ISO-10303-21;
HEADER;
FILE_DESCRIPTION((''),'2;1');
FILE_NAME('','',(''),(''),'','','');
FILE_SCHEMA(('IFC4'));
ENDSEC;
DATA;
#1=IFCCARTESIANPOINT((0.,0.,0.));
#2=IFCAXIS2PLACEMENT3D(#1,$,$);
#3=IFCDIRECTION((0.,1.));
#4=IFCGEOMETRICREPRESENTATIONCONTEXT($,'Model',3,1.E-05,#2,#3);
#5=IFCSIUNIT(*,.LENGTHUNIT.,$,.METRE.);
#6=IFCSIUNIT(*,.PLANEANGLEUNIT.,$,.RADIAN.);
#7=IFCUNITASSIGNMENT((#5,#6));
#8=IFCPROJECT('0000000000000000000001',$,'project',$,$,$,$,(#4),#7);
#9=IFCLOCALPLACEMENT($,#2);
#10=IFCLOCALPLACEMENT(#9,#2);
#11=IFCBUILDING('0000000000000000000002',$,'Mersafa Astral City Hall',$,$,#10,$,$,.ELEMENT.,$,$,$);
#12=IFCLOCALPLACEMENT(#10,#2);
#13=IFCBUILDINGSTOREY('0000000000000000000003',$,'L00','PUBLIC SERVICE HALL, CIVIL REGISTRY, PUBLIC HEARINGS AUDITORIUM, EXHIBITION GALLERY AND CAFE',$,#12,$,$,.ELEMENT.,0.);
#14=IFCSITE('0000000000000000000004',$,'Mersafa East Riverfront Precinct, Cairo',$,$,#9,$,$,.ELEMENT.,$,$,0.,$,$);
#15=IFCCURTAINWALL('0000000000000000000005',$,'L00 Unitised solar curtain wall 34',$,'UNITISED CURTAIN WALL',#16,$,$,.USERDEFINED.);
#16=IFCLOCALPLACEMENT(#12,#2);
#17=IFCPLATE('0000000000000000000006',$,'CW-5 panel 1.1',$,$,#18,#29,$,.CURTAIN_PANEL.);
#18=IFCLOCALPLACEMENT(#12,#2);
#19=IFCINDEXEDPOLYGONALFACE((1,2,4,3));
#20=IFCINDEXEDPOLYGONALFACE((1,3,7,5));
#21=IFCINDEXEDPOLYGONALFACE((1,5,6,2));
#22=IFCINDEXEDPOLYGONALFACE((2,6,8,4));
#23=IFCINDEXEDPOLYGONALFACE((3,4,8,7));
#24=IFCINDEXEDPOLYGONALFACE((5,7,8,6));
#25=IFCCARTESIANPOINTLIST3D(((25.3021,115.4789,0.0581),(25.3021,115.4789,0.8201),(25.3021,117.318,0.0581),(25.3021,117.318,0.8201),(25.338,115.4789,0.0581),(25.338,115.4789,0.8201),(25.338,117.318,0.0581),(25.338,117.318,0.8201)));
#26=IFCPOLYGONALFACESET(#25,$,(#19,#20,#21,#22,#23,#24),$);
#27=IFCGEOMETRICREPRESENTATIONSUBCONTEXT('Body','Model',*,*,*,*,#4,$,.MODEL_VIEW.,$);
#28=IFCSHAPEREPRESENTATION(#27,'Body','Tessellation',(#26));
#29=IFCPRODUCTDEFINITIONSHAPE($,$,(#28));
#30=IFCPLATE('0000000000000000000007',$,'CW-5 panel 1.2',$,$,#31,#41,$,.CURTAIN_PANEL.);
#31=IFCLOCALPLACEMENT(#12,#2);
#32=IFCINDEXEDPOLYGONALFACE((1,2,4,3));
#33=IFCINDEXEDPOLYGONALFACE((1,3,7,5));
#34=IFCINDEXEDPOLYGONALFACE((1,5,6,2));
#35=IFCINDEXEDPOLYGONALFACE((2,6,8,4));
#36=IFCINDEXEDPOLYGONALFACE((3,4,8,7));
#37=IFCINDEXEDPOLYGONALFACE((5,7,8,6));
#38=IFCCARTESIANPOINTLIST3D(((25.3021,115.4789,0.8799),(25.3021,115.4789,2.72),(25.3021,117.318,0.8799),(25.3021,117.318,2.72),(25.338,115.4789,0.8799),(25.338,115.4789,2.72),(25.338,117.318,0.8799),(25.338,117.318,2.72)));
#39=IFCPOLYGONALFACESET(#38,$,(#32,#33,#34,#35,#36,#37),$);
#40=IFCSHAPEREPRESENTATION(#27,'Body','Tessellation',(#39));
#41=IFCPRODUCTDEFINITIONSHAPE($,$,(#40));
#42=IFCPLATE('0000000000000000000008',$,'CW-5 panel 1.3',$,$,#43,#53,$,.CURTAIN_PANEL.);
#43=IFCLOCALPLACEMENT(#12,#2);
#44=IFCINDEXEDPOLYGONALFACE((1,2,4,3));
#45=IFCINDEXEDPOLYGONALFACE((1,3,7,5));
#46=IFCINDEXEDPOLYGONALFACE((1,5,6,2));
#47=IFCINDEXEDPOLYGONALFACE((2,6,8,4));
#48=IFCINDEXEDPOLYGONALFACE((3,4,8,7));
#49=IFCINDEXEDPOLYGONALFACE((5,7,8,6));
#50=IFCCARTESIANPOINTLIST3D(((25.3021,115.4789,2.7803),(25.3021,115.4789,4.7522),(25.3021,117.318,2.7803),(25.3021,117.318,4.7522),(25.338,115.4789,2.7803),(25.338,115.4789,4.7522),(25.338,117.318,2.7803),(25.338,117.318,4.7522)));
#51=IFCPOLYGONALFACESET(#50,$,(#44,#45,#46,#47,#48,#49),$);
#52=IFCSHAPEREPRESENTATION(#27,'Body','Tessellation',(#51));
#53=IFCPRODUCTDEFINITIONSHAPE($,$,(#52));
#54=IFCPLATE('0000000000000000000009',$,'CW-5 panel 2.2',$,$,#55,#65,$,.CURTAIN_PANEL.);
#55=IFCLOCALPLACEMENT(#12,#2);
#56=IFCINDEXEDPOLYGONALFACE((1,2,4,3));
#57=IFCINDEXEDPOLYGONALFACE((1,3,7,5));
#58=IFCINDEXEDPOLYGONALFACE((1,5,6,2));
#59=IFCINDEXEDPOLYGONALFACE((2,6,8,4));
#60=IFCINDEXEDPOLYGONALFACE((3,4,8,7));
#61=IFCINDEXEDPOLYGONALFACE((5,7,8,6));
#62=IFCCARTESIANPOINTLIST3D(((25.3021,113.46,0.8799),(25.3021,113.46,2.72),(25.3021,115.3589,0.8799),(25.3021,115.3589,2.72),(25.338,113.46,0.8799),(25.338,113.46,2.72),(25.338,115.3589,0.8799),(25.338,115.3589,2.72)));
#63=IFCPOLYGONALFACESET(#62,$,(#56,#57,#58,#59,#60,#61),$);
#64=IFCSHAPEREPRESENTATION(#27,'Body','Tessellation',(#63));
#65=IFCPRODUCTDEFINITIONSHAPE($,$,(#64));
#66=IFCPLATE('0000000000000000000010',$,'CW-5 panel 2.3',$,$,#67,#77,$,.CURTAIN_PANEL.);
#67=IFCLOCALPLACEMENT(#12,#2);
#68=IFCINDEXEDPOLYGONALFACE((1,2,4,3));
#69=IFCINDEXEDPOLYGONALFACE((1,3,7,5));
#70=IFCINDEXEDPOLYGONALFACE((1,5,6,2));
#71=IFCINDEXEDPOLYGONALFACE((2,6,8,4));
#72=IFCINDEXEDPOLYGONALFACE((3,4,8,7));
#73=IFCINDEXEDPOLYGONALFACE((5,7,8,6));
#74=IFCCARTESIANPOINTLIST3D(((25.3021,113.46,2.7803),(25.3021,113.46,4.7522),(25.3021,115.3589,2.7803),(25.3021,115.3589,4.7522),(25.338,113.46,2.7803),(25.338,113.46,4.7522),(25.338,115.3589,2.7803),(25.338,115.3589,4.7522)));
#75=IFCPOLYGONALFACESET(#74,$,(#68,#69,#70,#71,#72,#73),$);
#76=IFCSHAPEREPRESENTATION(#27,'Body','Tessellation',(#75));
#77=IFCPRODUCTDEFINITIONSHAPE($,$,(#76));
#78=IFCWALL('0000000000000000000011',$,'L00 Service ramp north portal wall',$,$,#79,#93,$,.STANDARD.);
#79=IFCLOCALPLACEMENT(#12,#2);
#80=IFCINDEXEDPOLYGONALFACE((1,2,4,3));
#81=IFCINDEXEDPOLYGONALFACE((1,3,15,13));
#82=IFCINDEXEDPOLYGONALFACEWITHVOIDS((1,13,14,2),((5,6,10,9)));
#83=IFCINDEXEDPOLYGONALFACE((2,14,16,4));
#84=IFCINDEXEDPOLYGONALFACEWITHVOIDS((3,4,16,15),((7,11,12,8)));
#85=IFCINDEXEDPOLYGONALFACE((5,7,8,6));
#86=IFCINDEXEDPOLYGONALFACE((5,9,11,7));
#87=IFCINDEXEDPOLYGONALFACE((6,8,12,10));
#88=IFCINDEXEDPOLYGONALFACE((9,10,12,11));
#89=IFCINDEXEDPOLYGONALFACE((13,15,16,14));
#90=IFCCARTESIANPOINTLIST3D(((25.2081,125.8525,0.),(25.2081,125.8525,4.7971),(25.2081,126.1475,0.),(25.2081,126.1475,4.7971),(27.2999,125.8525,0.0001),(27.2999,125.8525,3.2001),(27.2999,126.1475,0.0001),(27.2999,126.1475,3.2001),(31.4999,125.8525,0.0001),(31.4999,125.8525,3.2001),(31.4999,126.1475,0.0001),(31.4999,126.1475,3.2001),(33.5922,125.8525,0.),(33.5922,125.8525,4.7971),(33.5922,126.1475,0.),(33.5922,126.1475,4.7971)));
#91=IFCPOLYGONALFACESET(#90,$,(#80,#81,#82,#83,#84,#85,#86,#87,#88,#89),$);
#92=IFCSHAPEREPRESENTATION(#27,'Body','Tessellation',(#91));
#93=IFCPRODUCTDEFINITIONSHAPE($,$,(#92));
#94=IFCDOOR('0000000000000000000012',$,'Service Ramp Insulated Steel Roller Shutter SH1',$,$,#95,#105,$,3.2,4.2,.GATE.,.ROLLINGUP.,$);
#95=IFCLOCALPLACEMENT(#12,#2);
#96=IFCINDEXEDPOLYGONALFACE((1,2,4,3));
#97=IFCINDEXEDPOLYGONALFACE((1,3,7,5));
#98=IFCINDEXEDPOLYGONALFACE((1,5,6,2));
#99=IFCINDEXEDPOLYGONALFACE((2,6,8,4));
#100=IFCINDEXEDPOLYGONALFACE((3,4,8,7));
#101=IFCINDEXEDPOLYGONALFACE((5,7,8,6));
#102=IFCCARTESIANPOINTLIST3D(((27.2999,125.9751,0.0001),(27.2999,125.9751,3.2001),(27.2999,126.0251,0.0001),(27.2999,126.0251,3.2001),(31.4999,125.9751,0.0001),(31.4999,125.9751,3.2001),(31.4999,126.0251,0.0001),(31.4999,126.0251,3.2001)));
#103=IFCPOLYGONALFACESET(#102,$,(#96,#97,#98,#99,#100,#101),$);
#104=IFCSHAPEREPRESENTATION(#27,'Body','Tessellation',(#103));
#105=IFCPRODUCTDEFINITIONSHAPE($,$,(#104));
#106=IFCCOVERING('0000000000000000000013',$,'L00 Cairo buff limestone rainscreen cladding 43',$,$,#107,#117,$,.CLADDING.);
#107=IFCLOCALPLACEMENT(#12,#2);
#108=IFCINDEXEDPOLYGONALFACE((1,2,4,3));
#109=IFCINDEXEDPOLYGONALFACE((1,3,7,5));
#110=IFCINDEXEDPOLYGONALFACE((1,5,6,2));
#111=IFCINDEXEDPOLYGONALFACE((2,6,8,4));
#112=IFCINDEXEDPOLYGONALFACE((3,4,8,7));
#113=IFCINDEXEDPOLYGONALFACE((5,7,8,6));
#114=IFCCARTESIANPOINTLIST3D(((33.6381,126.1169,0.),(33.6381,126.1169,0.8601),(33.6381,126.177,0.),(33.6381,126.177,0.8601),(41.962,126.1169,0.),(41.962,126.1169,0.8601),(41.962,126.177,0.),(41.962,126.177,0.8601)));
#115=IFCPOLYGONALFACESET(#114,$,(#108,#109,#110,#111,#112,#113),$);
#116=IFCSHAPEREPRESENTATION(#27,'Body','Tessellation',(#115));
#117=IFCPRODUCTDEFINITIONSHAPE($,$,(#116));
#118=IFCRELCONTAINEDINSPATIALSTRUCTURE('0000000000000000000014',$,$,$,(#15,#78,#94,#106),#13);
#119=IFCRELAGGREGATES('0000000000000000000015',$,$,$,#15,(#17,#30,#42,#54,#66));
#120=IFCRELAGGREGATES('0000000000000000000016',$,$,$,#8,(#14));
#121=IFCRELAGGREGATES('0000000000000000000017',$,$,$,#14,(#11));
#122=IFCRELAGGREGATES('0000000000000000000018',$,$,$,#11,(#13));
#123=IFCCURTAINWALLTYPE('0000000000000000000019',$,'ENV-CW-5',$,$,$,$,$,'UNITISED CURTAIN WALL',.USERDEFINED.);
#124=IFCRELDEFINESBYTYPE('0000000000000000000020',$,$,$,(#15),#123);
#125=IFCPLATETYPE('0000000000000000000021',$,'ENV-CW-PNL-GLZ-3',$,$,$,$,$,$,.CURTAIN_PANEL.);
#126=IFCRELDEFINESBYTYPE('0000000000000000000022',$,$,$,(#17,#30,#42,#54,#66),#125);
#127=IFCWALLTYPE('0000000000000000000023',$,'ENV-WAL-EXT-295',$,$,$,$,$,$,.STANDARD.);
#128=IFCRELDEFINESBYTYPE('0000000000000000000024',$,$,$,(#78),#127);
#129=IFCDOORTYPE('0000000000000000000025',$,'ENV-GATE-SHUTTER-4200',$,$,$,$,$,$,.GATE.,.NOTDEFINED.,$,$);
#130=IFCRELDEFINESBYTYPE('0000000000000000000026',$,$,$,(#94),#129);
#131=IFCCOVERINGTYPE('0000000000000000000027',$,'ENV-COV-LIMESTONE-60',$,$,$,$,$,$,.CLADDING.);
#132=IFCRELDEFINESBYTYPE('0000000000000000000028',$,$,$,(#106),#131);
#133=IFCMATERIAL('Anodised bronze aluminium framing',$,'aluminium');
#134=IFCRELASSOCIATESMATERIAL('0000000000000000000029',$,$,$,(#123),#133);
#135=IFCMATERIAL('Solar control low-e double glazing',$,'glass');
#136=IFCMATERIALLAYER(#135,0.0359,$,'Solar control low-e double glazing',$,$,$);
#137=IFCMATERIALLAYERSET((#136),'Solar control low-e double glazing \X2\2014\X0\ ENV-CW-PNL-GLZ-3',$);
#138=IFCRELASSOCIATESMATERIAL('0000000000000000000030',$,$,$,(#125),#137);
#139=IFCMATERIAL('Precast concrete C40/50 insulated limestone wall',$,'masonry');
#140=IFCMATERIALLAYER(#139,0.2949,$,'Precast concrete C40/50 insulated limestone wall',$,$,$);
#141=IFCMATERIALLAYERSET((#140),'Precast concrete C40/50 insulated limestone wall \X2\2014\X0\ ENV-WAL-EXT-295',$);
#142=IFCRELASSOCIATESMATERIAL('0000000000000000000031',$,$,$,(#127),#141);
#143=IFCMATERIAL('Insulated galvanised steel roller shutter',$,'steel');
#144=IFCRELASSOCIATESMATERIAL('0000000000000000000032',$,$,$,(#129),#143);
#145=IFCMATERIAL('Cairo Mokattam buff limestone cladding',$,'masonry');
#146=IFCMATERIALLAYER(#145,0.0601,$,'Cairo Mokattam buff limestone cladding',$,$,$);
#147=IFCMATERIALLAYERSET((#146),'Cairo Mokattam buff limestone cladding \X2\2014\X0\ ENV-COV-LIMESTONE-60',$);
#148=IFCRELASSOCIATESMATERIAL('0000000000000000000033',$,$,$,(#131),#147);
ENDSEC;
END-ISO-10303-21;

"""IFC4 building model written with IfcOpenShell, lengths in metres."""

from ifc_helpers import new_model, si_unit, direction, frame, frame_2d, origin, origin_2d, place, context, subcontext, project, spatial, rectangle, extrude, material, layer, layer_set, type_object, element, fill, aggregate, save


model = new_model("IFC4")

# Units and contexts
model_context = context("Model", 3, precision=1e-05, world=origin(), true_north=direction((0.0, 1.0)))
body_context = subcontext(model_context, "Body", "Model", "MODEL_VIEW")
ifc_project = project(units=[si_unit("LENGTHUNIT", "METRE"), si_unit("PLANEANGLEUNIT", "RADIAN")], contexts=[model_context])

# Site, building, storey
site_placement = place(None, origin())
site = spatial("IfcSite", under=ifc_project, at=site_placement, Name="Mersafa East Riverfront Precinct, Cairo", CompositionType="ELEMENT", RefElevation=0.0)
building_placement = place(site_placement, origin())
building = spatial("IfcBuilding", under=site, at=building_placement, Name="Mersafa Astral City Hall", CompositionType="ELEMENT")
storey_placement = place(building_placement, origin())
storey = spatial("IfcBuildingStorey", under=building, at=storey_placement, Name="L00", Description="PUBLIC SERVICE HALL, CIVIL REGISTRY, PUBLIC HEARINGS AUDITORIUM, EXHIBITION GALLERY AND CAFE", CompositionType="ELEMENT", Elevation=0.0)

# Curtain wall
ifc_material_1 = material(Name="Anodised bronze aluminium framing", Category="aluminium")
curtain_wall_type = type_object("IfcCurtainWallType", Name="ENV-CW-5", ElementType="UNITISED CURTAIN WALL", PredefinedType="USERDEFINED", material=ifc_material_1)
curtain_wall_placement = place(storey_placement, origin())
curtain_wall = element("IfcCurtainWall", 1, at=curtain_wall_placement, inside=storey, type_object=curtain_wall_type, Name="L00 Unitised solar curtain wall 34", ObjectType="UNITISED CURTAIN WALL", PredefinedType="USERDEFINED")

# Plates
ifc_material_2 = material(Name="Solar control low-e double glazing", Category="glass")
ifc_layer_1 = layer(ifc_material_2, 0.0359, Name="Solar control low-e double glazing")
ifc_layer_set_1 = layer_set([ifc_layer_1], Name="Solar control low-e double glazing — ENV-CW-PNL-GLZ-3")
plate_type = type_object("IfcPlateType", Name="ENV-CW-PNL-GLZ-3", PredefinedType="CURTAIN_PANEL", material=ifc_layer_set_1)
plate_1_placement = place(storey_placement, frame((25.3201, 116.3984, 0.0581), z_axis=(0.0, 0.0, 1.0), x_axis=(0.0, -1.0, 0.0)))
plate_1 = element("IfcPlate", 2, at=plate_1_placement, type_object=plate_type, Name="CW-5 panel 1.1", PredefinedType="CURTAIN_PANEL", context=body_context, shape_type="SweptSolid", body=[
    extrude(rectangle(XDim=1.8391, YDim=0.0359, at=origin_2d()), origin(), (0.0, 0.0, 1.0), 0.762),
])
plate_2_placement = place(storey_placement, frame((25.3201, 116.3984, 0.8799), z_axis=(0.0, 0.0, 1.0), x_axis=(0.0, -1.0, 0.0)))
plate_2 = element("IfcPlate", 3, at=plate_2_placement, type_object=plate_type, Name="CW-5 panel 1.2", PredefinedType="CURTAIN_PANEL", context=body_context, shape_type="SweptSolid", body=[
    extrude(rectangle(XDim=1.8391, YDim=0.0359, at=origin_2d()), origin(), (0.0, 0.0, 1.0), 1.8401),
])
plate_3_placement = place(storey_placement, frame((25.3201, 116.3984, 2.7803), z_axis=(0.0, 0.0, 1.0), x_axis=(0.0, -1.0, 0.0)))
plate_3 = element("IfcPlate", 4, at=plate_3_placement, type_object=plate_type, Name="CW-5 panel 1.3", PredefinedType="CURTAIN_PANEL", context=body_context, shape_type="SweptSolid", body=[
    extrude(rectangle(XDim=1.8391, YDim=0.0359, at=origin_2d()), origin(), (0.0, 0.0, 1.0), 1.9719),
])
plate_4_placement = place(storey_placement, frame((25.3201, 114.4094, 0.8799), z_axis=(0.0, 0.0, 1.0), x_axis=(0.0, -1.0, 0.0)))
plate_4 = element("IfcPlate", 5, at=plate_4_placement, type_object=plate_type, Name="CW-5 panel 2.2", PredefinedType="CURTAIN_PANEL", context=body_context, shape_type="SweptSolid", body=[
    extrude(rectangle(XDim=1.8989, YDim=0.0359, at=origin_2d()), origin(), (0.0, 0.0, 1.0), 1.8401),
])
plate_5_placement = place(storey_placement, frame((25.3201, 114.4094, 2.7803), z_axis=(0.0, 0.0, 1.0), x_axis=(0.0, -1.0, 0.0)))
plate_5 = element("IfcPlate", 6, at=plate_5_placement, type_object=plate_type, Name="CW-5 panel 2.3", PredefinedType="CURTAIN_PANEL", context=body_context, shape_type="SweptSolid", body=[
    extrude(rectangle(XDim=1.8989, YDim=0.0359, at=origin_2d()), origin(), (0.0, 0.0, 1.0), 1.9719),
])
aggregate(curtain_wall, [plate_1, plate_2, plate_3, plate_4, plate_5])

# Wall, opening, door
ifc_material_3 = material(Name="Precast concrete C40/50 insulated limestone wall", Category="masonry")
ifc_layer_2 = layer(ifc_material_3, 0.2949, Name="Precast concrete C40/50 insulated limestone wall")
ifc_layer_set_2 = layer_set([ifc_layer_2], Name="Precast concrete C40/50 insulated limestone wall — ENV-WAL-EXT-295")
wall_type = type_object("IfcWallType", Name="ENV-WAL-EXT-295", PredefinedType="STANDARD", material=ifc_layer_set_2)
wall_placement = place(storey_placement, frame((33.592, 126.0, 0.0), z_axis=(0.0, 0.0, 1.0), x_axis=(-1.0, 0.0, 0.0)))
wall = element("IfcWall", 7, at=wall_placement, inside=storey, type_object=wall_type, Name="L00 Service ramp north portal wall", PredefinedType="STANDARD", context=body_context, shape_type="SweptSolid", body=[
    extrude(rectangle(XDim=8.384, YDim=0.2949, at=frame_2d((4.1919, 0.0))), origin(), (0.0, 0.0, 1.0), 4.7971),
])
opening_placement = place(wall_placement, frame((2.092, 0.0, 0.0)))
opening = element("IfcOpeningElement", 8, at=opening_placement, cuts=wall, PredefinedType="OPENING", context=body_context, shape_type="SweptSolid", body=[
    extrude(rectangle(XDim=4.2, YDim=3.2, at=frame_2d((2.1001, 1.6001))), frame((0.0, 0.1575, 0.0), z_axis=(0.0, -1.0, 0.0), x_axis=(1.0, 0.0, 0.0)), (0.0, 0.0, 1.0), 0.3149),
])
ifc_material_4 = material(Name="Insulated galvanised steel roller shutter", Category="steel")
door_type = type_object("IfcDoorType", Name="ENV-GATE-SHUTTER-4200", OperationType="NOTDEFINED", PredefinedType="GATE", material=ifc_material_4)
door_placement = place(opening_placement, origin())
door = element("IfcDoor", 9, at=door_placement, inside=storey, type_object=door_type, Name="Service Ramp Insulated Steel Roller Shutter SH1", OperationType="ROLLINGUP", OverallHeight=3.2, OverallWidth=4.2, PredefinedType="GATE", context=body_context, shape_type="SweptSolid", body=[
    extrude(rectangle(XDim=4.2, YDim=3.2, at=frame_2d((2.1001, 1.6001))), frame((0.0, 0.0249, 0.0), z_axis=(0.0, -1.0, 0.0), x_axis=(1.0, 0.0, 0.0)), (0.0, 0.0, 1.0), 0.05),
])
fill(opening, door)

# Covering
ifc_material_5 = material(Name="Cairo Mokattam buff limestone cladding", Category="masonry")
ifc_layer_3 = layer(ifc_material_5, 0.0601, Name="Cairo Mokattam buff limestone cladding")
ifc_layer_set_3 = layer_set([ifc_layer_3], Name="Cairo Mokattam buff limestone cladding — ENV-COV-LIMESTONE-60")
covering_type = type_object("IfcCoveringType", Name="ENV-COV-LIMESTONE-60", PredefinedType="CLADDING", material=ifc_layer_set_3)
covering_placement = place(storey_placement, frame((37.8, 126.147, 0.0), z_axis=(0.0, 0.0, 1.0), x_axis=(-1.0, 0.0, 0.0)))
element("IfcCovering", 10, at=covering_placement, inside=storey, type_object=covering_type, Name="L00 Cairo buff limestone rainscreen cladding 43", PredefinedType="CLADDING", context=body_context, shape_type="SweptSolid", body=[
    extrude(rectangle(XDim=8.324, YDim=0.0601, at=origin_2d()), origin(), (0.0, 0.0, 1.0), 0.8601),
])

save(model, "model.ifc")
